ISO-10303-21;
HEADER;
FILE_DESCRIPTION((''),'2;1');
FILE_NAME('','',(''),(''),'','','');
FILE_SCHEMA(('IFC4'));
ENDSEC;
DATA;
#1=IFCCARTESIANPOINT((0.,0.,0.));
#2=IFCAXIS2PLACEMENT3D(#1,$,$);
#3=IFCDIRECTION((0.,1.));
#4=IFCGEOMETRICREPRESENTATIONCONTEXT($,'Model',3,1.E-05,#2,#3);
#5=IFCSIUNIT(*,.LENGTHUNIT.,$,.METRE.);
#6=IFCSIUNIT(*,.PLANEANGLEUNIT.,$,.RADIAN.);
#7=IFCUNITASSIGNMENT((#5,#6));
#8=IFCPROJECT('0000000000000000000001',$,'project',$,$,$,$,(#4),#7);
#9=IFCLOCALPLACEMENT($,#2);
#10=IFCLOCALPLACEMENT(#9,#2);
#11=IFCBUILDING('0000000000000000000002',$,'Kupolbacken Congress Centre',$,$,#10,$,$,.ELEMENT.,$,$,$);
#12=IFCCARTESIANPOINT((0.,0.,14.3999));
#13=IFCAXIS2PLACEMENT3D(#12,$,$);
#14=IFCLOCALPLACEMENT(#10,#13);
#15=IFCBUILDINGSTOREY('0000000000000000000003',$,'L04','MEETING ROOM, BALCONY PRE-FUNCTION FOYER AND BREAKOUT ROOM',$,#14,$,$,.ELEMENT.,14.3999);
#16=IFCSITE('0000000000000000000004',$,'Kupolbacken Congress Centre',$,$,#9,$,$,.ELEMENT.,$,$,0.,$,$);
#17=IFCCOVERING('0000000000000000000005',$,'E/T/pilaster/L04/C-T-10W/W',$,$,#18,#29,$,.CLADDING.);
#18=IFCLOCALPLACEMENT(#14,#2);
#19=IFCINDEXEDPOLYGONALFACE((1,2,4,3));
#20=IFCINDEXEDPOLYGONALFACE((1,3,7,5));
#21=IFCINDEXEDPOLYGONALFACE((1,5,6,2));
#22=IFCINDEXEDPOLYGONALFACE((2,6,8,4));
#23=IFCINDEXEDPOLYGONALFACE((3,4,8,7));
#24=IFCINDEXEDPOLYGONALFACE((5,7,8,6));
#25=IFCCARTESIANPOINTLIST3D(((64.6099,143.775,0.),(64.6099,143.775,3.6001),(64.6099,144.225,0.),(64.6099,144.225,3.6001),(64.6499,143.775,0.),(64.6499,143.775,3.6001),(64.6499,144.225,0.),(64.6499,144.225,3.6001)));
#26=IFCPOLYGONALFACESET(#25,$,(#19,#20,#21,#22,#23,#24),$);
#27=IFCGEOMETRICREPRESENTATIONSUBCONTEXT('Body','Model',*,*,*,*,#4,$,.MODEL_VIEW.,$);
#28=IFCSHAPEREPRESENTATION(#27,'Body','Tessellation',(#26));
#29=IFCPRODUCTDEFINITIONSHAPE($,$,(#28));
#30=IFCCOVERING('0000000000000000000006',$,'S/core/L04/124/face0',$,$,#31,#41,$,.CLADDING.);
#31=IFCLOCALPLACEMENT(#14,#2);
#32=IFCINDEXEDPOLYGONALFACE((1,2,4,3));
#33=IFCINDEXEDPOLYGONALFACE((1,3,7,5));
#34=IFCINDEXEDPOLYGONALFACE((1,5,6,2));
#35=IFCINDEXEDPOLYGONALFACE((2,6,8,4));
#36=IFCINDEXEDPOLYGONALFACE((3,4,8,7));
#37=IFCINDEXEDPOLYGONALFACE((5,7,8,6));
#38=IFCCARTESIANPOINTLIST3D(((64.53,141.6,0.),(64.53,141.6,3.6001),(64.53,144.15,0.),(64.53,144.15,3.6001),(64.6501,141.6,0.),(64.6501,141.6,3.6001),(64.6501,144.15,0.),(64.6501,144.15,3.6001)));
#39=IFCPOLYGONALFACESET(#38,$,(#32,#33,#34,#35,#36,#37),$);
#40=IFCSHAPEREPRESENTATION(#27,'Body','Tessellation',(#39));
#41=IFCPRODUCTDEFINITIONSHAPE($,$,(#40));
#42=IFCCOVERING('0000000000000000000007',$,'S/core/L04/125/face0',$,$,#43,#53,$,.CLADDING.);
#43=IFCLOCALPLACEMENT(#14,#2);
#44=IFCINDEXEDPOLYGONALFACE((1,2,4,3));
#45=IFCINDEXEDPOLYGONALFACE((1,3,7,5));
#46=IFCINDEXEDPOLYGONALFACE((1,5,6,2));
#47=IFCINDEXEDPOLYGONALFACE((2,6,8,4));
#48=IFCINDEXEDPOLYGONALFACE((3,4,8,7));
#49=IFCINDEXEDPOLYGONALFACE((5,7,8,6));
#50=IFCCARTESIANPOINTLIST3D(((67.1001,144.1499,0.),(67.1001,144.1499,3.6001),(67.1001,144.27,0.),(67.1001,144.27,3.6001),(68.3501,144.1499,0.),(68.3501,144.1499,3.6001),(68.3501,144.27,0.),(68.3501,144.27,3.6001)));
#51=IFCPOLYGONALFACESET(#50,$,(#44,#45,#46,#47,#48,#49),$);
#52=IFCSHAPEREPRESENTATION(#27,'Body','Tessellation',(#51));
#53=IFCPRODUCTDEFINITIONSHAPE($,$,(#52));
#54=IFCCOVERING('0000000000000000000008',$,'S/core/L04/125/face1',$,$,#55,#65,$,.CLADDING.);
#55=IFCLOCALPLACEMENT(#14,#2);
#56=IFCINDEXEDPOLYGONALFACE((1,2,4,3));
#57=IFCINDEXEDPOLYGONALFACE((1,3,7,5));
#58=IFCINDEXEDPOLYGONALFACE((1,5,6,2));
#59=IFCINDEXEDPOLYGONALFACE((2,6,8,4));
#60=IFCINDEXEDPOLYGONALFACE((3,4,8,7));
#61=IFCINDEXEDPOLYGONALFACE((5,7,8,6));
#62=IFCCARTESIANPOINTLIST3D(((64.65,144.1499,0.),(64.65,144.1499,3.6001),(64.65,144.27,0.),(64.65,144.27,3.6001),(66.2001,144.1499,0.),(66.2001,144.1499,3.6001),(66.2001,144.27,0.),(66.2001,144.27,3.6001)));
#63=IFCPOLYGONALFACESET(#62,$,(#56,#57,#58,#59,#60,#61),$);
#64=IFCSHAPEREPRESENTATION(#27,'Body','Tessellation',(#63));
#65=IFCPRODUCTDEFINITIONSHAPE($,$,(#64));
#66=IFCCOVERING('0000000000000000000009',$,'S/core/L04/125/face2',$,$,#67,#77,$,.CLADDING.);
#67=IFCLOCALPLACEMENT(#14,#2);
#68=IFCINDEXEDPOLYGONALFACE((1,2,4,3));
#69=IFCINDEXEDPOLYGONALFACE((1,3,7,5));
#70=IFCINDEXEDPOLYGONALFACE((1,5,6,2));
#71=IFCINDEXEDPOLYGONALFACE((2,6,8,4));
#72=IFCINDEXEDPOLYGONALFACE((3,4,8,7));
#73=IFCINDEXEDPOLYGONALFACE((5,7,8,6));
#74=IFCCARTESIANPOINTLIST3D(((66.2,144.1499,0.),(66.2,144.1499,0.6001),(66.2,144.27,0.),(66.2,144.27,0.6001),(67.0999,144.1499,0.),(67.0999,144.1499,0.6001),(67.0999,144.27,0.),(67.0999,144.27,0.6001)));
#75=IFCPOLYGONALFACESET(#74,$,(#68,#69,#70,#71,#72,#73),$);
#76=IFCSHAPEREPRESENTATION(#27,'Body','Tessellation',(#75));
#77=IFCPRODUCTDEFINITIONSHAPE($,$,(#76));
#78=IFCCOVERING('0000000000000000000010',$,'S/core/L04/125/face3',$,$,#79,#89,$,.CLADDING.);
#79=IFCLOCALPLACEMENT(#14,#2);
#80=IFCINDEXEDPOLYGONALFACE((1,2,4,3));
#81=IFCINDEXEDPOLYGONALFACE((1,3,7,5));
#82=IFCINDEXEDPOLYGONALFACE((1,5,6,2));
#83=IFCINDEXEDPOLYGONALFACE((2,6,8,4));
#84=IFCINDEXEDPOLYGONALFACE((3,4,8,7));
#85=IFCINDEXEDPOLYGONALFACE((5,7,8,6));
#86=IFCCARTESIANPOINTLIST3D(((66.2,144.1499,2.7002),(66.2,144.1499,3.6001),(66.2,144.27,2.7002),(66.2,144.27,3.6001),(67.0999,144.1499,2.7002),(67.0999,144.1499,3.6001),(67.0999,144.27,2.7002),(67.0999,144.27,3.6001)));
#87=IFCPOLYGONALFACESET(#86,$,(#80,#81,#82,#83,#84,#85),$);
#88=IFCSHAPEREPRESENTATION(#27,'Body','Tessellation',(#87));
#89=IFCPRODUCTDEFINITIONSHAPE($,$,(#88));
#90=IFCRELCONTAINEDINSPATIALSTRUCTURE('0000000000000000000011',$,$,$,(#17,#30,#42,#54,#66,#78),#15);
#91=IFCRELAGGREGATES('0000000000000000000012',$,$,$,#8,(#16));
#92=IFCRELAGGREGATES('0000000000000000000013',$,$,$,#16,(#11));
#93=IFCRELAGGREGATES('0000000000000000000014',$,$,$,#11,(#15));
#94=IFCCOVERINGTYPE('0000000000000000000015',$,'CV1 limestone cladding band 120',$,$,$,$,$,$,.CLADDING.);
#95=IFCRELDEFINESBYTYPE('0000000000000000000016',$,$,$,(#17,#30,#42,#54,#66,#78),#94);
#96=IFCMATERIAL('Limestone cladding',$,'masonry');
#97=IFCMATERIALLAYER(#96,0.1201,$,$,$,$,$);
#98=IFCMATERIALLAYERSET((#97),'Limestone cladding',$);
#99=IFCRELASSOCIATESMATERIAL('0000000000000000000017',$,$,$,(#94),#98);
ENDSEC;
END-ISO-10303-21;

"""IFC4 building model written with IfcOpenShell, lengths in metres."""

from ifc_helpers import new_model, si_unit, direction, frame, origin, origin_2d, place, context, subcontext, project, spatial, rectangle, extrude, material, layer, layer_set, type_object, element, save


model = new_model("IFC4")

# Units and contexts
model_context = context("Model", 3, precision=1e-05, world=origin(), true_north=direction((0.0, 1.0)))
body_context = subcontext(model_context, "Body", "Model", "MODEL_VIEW")
ifc_project = project(units=[si_unit("LENGTHUNIT", "METRE"), si_unit("PLANEANGLEUNIT", "RADIAN")], contexts=[model_context])

# Site, building, storey
site_placement = place(None, origin())
site = spatial("IfcSite", under=ifc_project, at=site_placement, Name="Kupolbacken Congress Centre", CompositionType="ELEMENT", RefElevation=0.0)
building_placement = place(site_placement, origin())
building = spatial("IfcBuilding", under=site, at=building_placement, Name="Kupolbacken Congress Centre", CompositionType="ELEMENT")
storey_placement = place(building_placement, frame((0.0, 0.0, 14.3999)))
storey = spatial("IfcBuildingStorey", under=building, at=storey_placement, Name="L04", Description="MEETING ROOM, BALCONY PRE-FUNCTION FOYER AND BREAKOUT ROOM", CompositionType="ELEMENT", Elevation=14.3999)

# Coverings
ifc_material_1 = material(Name="Limestone cladding", Category="masonry")
ifc_layer_1 = layer(ifc_material_1, 0.1201)
ifc_layer_set_1 = layer_set([ifc_layer_1], Name="Limestone cladding")
covering_type_1 = type_object("IfcCoveringType", Name="CV1 limestone cladding band 120", PredefinedType="CLADDING", material=ifc_layer_set_1)
covering_1_placement = place(storey_placement, frame((64.6299, 144.0, 0.0), z_axis=(0.0, 0.0, 1.0), x_axis=(1.0, 0.0, 0.0)))
element("IfcCovering", 1, at=covering_1_placement, inside=storey, type_object=covering_type_1, Name="E/T/pilaster/L04/C-T-10W/W", PredefinedType="CLADDING", context=body_context, shape_type="SweptSolid", body=[
    extrude(rectangle(XDim=0.04, YDim=0.45, at=origin_2d()), origin(), (0.0, 0.0, 1.0), 3.6001),
])
covering_2_placement = place(storey_placement, frame((64.5901, 142.875, 0.0), z_axis=(0.0, 0.0, 1.0), x_axis=(0.0, -1.0, 0.0)))
element("IfcCovering", 2, at=covering_2_placement, inside=storey, type_object=covering_type_1, Name="S/core/L04/124/face0", PredefinedType="CLADDING", context=body_context, shape_type="SweptSolid", body=[
    extrude(rectangle(XDim=2.55, YDim=0.1201, at=origin_2d()), origin(), (0.0, 0.0, 1.0), 3.6001),
])
covering_3_placement = place(storey_placement, frame((67.7251, 144.21, 0.0), z_axis=(0.0, 0.0, 1.0), x_axis=(-1.0, 0.0, 0.0)))
element("IfcCovering", 3, at=covering_3_placement, inside=storey, type_object=covering_type_1, Name="S/core/L04/125/face0", PredefinedType="CLADDING", context=body_context, shape_type="SweptSolid", body=[
    extrude(rectangle(XDim=1.25, YDim=0.1201, at=origin_2d()), origin(), (0.0, 0.0, 1.0), 3.6001),
])
covering_4_placement = place(storey_placement, frame((65.425, 144.21, 0.0), z_axis=(0.0, 0.0, 1.0), x_axis=(-1.0, 0.0, 0.0)))
element("IfcCovering", 4, at=covering_4_placement, inside=storey, type_object=covering_type_1, Name="S/core/L04/125/face1", PredefinedType="CLADDING", context=body_context, shape_type="SweptSolid", body=[
    extrude(rectangle(XDim=1.55, YDim=0.1201, at=origin_2d()), origin(), (0.0, 0.0, 1.0), 3.6001),
])
covering_5_placement = place(storey_placement, frame((66.6499, 144.21, 0.0), z_axis=(0.0, 0.0, 1.0), x_axis=(-1.0, 0.0, 0.0)))
element("IfcCovering", 5, at=covering_5_placement, inside=storey, type_object=covering_type_1, Name="S/core/L04/125/face2", PredefinedType="CLADDING", context=body_context, shape_type="SweptSolid", body=[
    extrude(rectangle(XDim=0.8999, YDim=0.1201, at=origin_2d()), origin(), (0.0, 0.0, 1.0), 0.6001),
])
covering_6_placement = place(storey_placement, frame((66.6499, 144.21, 2.7002), z_axis=(0.0, 0.0, 1.0), x_axis=(-1.0, 0.0, 0.0)))
element("IfcCovering", 6, at=covering_6_placement, inside=storey, type_object=covering_type_1, Name="S/core/L04/125/face3", PredefinedType="CLADDING", context=body_context, shape_type="SweptSolid", body=[
    extrude(rectangle(XDim=0.8999, YDim=0.1201, at=origin_2d()), origin(), (0.0, 0.0, 1.0), 0.8999),
])

save(model, "model.ifc")
